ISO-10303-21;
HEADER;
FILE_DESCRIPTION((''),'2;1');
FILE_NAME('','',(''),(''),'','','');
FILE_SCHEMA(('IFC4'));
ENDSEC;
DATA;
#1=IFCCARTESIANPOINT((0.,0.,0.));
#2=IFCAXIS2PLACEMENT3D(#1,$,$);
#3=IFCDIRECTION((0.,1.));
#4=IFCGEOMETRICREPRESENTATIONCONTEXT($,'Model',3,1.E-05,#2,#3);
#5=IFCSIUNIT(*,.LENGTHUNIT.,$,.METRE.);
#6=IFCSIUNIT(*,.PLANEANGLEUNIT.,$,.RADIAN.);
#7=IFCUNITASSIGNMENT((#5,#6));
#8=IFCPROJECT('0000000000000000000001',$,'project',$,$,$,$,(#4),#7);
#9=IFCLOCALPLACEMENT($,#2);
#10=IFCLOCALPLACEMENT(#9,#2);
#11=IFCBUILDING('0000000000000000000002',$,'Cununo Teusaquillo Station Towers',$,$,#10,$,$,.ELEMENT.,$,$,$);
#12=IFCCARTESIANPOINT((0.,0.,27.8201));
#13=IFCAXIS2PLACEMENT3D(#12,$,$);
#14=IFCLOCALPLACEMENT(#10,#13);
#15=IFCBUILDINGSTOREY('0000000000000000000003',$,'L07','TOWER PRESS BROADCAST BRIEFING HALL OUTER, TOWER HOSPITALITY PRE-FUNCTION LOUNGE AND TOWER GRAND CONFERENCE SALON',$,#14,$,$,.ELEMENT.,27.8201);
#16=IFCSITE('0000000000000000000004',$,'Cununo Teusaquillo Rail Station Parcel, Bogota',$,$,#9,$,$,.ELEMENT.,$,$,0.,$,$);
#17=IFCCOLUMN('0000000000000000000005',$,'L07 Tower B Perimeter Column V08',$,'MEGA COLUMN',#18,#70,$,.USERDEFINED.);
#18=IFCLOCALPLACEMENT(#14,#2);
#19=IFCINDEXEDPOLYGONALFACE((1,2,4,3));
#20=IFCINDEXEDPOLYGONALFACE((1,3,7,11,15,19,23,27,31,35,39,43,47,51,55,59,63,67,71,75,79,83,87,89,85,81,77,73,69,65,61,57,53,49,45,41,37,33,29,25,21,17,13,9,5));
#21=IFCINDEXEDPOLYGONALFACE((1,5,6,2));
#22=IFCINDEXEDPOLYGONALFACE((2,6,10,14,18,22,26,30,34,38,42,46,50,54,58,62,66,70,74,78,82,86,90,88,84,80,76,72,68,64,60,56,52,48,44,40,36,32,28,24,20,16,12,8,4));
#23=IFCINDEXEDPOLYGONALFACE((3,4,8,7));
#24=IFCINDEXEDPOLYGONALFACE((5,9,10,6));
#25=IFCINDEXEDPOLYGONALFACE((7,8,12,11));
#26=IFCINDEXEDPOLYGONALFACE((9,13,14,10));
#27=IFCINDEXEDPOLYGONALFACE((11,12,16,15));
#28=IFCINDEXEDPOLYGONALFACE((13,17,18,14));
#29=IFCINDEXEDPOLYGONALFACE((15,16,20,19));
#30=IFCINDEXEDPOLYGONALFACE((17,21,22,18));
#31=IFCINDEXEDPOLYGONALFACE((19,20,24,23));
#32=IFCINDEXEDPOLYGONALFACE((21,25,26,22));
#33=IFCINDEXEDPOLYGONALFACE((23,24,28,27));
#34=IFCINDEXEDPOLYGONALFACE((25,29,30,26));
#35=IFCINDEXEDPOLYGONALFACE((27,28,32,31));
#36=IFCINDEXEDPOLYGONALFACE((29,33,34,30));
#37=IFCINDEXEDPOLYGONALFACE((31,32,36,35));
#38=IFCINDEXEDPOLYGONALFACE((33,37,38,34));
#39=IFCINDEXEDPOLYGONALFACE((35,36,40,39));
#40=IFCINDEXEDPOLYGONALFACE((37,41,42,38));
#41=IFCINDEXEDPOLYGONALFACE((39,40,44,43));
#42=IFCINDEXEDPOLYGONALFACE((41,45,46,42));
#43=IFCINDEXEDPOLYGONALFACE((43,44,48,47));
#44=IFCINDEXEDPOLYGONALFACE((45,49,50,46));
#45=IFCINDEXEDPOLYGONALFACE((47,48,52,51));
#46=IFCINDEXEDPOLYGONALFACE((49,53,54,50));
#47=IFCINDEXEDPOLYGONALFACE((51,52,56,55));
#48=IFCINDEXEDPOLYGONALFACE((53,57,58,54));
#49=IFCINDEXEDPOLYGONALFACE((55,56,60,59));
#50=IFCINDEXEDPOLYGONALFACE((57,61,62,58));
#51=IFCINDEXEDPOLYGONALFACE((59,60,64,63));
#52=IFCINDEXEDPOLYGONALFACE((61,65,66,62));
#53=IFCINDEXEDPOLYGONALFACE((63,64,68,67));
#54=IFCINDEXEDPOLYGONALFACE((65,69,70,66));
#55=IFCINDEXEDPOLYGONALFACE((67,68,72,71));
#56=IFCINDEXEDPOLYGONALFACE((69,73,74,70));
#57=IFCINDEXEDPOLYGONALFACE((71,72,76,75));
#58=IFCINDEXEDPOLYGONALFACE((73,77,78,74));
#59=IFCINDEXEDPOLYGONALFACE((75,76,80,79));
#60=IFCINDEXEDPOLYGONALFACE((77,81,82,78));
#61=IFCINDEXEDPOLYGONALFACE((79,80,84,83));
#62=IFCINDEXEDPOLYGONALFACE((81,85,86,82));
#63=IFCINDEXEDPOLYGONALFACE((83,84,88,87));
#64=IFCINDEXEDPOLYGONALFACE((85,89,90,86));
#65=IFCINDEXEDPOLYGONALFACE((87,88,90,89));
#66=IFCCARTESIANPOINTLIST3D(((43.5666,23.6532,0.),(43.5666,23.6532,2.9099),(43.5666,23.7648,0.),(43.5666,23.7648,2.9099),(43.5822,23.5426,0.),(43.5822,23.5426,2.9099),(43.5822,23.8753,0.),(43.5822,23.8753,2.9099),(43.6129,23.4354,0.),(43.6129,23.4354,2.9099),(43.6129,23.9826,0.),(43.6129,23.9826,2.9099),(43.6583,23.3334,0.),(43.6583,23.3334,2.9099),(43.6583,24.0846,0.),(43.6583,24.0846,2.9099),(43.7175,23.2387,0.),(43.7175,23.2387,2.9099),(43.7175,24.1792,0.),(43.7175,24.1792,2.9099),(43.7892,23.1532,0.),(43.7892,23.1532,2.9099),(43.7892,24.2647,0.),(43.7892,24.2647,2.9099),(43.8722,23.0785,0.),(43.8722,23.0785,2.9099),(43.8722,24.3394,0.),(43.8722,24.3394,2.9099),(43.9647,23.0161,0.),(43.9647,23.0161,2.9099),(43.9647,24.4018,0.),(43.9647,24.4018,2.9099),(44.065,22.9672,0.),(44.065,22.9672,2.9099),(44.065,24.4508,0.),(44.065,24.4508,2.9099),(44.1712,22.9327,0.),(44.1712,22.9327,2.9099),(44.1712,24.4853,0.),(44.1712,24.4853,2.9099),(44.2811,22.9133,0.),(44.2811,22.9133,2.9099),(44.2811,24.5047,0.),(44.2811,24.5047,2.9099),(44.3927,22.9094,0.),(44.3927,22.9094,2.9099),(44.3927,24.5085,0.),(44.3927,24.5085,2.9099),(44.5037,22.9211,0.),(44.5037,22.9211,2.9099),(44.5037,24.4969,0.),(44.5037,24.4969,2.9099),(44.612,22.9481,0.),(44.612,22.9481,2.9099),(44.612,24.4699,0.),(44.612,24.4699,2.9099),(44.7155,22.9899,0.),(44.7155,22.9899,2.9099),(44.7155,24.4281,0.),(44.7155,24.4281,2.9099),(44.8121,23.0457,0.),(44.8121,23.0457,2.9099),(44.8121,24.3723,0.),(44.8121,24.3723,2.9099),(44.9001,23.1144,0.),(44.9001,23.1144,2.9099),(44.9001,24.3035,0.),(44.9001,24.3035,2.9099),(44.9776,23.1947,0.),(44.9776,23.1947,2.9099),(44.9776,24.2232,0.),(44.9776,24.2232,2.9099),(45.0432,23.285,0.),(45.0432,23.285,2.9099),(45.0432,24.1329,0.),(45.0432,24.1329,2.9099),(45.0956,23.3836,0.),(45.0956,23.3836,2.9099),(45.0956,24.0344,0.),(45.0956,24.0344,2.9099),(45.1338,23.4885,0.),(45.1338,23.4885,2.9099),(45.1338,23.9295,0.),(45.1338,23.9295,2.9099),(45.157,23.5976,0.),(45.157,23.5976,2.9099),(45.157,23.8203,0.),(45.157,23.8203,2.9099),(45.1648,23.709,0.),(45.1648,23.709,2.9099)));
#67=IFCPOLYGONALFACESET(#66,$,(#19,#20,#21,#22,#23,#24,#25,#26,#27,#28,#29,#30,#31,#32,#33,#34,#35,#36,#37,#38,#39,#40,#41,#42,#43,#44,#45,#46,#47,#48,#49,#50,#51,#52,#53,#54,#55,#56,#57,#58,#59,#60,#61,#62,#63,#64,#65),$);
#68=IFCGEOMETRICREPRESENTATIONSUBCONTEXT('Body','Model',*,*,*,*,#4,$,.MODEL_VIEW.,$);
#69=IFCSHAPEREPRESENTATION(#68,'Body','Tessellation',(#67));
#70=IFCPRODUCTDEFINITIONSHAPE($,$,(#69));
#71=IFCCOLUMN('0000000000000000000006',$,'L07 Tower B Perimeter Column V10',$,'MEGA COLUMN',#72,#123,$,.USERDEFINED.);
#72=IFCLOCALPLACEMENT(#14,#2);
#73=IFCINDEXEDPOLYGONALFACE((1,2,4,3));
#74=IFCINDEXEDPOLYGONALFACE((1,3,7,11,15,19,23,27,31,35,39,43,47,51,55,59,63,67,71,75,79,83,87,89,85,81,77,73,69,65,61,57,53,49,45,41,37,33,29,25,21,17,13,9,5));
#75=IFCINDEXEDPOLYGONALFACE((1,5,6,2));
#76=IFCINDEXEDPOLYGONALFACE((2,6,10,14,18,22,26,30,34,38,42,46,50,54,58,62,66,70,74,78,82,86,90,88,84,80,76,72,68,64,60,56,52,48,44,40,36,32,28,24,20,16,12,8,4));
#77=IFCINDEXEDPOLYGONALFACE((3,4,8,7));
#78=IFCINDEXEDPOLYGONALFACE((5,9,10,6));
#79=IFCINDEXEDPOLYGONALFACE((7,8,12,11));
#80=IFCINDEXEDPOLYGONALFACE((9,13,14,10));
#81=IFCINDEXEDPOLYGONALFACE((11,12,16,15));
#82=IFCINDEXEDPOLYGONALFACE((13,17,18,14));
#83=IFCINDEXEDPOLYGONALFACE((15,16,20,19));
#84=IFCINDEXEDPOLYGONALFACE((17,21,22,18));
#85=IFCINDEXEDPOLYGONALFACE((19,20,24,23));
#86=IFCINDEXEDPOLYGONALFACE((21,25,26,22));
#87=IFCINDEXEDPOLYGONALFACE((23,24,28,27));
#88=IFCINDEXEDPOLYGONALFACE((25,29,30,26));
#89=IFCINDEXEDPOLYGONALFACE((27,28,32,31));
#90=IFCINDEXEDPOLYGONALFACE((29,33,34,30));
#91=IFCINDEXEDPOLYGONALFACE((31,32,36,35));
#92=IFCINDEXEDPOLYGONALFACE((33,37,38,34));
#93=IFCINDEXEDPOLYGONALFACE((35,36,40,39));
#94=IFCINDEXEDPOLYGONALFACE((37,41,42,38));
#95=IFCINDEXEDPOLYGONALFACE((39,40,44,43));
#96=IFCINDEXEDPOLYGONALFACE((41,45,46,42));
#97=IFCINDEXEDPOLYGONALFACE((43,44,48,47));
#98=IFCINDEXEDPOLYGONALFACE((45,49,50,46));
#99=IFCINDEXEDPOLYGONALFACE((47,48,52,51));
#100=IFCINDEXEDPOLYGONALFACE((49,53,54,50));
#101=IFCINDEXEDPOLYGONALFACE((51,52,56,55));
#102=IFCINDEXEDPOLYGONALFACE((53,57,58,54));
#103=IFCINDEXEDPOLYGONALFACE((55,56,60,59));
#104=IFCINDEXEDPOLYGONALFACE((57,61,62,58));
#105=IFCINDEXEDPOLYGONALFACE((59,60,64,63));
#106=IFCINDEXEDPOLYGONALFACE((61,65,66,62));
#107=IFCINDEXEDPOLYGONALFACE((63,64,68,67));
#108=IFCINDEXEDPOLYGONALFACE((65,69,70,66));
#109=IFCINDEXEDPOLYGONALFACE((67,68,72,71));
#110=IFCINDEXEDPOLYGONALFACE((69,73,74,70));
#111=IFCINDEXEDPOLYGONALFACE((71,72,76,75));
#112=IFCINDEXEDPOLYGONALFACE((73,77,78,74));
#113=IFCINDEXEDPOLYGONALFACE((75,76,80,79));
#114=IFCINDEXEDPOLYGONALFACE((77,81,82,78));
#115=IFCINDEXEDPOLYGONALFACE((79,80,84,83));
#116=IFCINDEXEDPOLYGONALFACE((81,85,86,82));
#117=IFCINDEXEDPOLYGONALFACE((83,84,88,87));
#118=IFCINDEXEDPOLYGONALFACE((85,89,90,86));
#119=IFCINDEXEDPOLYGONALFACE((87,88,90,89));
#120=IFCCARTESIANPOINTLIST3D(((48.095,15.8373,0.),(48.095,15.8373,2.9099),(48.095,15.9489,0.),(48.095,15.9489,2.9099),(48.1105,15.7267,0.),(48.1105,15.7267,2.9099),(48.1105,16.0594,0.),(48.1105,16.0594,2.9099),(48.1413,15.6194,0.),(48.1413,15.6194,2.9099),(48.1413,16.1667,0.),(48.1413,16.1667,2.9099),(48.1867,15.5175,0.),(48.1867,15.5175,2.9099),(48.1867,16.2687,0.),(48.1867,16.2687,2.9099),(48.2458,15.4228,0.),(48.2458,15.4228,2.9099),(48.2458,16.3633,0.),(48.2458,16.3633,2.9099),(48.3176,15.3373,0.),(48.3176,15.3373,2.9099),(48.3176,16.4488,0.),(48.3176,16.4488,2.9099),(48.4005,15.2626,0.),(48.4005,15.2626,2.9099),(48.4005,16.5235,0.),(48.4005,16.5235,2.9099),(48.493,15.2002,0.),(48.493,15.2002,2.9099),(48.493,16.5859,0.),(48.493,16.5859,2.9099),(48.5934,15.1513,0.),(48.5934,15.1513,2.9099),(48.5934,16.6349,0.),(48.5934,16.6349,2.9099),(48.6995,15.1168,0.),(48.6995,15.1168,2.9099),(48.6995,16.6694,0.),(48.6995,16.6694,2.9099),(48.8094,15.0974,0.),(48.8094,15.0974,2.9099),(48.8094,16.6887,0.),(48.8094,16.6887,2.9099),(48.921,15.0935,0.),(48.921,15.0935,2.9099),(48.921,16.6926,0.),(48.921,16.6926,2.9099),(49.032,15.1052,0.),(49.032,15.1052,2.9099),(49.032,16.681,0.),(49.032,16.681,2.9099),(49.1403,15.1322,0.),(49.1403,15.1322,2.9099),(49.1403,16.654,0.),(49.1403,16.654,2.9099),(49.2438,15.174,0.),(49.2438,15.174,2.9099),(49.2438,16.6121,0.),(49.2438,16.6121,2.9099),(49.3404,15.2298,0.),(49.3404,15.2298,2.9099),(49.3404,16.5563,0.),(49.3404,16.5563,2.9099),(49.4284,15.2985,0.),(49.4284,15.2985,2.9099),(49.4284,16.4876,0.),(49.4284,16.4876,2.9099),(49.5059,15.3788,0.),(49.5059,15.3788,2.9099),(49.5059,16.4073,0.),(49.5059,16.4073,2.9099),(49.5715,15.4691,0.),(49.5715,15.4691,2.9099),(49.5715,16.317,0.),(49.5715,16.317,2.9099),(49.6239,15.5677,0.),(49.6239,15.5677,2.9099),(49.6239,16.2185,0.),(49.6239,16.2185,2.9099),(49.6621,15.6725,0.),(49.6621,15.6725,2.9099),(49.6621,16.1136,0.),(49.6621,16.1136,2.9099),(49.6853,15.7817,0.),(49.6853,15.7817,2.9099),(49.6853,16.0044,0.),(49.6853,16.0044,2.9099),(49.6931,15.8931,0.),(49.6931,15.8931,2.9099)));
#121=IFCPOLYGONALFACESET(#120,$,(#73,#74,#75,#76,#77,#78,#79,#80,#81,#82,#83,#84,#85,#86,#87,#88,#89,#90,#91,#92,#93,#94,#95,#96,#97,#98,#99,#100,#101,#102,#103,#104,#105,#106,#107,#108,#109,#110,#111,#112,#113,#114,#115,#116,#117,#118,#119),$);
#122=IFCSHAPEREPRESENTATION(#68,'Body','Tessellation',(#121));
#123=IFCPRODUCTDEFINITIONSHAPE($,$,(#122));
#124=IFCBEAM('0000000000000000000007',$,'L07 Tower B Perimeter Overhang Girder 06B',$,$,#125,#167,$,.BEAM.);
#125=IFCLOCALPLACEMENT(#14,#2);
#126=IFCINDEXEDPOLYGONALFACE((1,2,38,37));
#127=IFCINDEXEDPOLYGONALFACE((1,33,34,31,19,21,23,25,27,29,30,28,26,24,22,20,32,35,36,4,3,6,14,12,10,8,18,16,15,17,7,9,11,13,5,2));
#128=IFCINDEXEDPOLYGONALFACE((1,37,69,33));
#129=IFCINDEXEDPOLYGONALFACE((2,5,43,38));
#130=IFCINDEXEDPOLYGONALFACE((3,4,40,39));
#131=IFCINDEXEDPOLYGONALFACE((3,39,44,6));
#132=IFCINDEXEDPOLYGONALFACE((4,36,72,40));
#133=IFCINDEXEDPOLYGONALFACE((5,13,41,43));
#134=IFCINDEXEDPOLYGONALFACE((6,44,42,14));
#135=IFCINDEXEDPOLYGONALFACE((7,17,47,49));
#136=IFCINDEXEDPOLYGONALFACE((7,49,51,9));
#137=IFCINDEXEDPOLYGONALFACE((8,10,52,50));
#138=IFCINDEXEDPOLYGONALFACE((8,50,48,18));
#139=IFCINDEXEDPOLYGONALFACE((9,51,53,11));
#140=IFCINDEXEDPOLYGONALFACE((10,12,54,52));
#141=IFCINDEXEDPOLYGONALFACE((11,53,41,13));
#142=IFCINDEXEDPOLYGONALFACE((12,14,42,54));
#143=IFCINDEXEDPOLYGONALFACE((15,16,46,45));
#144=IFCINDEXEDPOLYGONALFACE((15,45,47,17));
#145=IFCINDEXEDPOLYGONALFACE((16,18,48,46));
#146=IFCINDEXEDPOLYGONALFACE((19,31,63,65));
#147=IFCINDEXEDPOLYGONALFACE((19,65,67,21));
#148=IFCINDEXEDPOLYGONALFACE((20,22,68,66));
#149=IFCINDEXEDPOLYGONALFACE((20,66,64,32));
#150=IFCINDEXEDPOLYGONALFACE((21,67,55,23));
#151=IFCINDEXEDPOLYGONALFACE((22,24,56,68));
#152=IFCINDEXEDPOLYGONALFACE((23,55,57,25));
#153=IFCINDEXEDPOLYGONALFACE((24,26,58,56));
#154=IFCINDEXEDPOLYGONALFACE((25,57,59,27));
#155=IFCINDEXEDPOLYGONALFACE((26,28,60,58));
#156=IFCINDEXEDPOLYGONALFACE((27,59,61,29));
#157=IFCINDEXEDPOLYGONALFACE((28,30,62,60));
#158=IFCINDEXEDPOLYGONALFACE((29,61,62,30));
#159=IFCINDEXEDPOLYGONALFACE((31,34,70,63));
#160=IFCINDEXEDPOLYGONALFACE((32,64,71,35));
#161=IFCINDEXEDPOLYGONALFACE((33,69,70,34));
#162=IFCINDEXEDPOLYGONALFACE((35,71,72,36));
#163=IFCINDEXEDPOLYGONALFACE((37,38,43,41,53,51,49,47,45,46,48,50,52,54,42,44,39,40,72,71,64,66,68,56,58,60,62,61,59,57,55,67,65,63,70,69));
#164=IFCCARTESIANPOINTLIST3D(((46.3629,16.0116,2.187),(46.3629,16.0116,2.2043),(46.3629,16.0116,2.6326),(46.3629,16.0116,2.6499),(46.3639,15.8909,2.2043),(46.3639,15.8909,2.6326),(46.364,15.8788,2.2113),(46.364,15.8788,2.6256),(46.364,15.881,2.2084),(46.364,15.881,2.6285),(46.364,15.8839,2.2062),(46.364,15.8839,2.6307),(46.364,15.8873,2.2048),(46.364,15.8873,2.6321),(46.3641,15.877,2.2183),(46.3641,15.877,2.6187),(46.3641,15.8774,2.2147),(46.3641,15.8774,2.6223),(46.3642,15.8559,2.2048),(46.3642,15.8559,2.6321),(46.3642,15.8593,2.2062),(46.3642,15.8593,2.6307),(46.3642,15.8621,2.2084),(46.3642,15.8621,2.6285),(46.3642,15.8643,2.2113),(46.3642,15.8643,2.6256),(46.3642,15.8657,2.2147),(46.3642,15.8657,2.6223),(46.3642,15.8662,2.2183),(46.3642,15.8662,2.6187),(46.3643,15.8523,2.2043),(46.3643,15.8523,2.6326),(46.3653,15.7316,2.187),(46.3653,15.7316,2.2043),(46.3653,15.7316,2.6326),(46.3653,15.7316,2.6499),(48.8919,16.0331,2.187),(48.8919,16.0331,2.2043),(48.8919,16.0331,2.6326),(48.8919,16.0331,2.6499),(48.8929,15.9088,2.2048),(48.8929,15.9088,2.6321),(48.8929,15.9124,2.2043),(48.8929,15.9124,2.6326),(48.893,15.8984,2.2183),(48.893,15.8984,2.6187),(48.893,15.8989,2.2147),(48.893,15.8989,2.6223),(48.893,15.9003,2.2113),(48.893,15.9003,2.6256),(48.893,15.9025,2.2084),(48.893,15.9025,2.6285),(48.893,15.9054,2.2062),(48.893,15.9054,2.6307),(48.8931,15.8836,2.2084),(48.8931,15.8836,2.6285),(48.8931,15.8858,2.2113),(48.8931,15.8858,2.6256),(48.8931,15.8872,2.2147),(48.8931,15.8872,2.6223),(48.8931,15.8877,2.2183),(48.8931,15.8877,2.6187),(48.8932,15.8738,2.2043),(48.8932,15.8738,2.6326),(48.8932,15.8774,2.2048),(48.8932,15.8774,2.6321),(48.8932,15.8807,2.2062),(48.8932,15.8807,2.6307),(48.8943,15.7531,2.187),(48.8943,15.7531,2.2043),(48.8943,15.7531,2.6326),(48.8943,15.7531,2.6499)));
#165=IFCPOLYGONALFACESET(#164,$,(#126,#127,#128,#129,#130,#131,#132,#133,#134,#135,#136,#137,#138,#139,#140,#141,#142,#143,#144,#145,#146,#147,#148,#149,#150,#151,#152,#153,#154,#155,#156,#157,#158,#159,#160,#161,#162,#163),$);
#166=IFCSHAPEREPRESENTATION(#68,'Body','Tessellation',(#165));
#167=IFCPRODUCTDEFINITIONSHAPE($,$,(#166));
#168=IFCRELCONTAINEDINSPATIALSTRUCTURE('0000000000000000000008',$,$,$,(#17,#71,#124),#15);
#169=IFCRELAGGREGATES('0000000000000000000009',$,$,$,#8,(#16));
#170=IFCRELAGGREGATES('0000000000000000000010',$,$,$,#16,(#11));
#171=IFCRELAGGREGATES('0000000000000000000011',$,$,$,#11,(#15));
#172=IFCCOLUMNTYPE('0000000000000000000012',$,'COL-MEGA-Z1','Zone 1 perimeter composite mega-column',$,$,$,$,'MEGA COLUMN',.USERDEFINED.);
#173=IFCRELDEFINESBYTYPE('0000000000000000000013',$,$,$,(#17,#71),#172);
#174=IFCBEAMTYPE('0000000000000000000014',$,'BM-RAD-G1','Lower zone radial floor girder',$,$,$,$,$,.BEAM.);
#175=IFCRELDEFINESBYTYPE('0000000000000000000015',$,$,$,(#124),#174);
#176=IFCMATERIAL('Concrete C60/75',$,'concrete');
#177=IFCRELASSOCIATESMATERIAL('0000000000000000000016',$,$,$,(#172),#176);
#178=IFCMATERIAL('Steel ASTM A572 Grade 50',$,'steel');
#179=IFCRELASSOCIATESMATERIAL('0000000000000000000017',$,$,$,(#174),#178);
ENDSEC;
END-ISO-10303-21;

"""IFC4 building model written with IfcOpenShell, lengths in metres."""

from ifc_helpers import new_model, si_unit, direction, frame, origin, origin_2d, place, context, subcontext, project, spatial, circle, i_section, extrude, material, material_profile, profile_set, type_object, element, save


model = new_model("IFC4")

# Units and contexts
model_context = context("Model", 3, precision=1e-05, world=origin(), true_north=direction((0.0, 1.0)))
body_context = subcontext(model_context, "Body", "Model", "MODEL_VIEW")
ifc_project = project(units=[si_unit("LENGTHUNIT", "METRE"), si_unit("PLANEANGLEUNIT", "RADIAN")], contexts=[model_context])

# Site, building, storey
site_placement = place(None, origin())
site = spatial("IfcSite", under=ifc_project, at=site_placement, Name="Cununo Teusaquillo Rail Station Parcel, Bogota", CompositionType="ELEMENT", RefElevation=0.0)
building_placement = place(site_placement, origin())
building = spatial("IfcBuilding", under=site, at=building_placement, Name="Cununo Teusaquillo Station Towers", CompositionType="ELEMENT")
storey_placement = place(building_placement, frame((0.0, 0.0, 27.8201)))
storey = spatial("IfcBuildingStorey", under=building, at=storey_placement, Name="L07", Description="TOWER PRESS BROADCAST BRIEFING HALL OUTER, TOWER HOSPITALITY PRE-FUNCTION LOUNGE AND TOWER GRAND CONFERENCE SALON", CompositionType="ELEMENT", Elevation=27.8201)

# Columns
ifc_material_1 = material(Name="Concrete C60/75", Category="concrete")
ifc_material_profile_1 = material_profile(ifc_material_1, circle(Radius=0.8, at=origin_2d()), Name="RC-CIRC-1600")
ifc_profile_set_1 = profile_set([ifc_material_profile_1], Name="Concrete C60/75")
column_type = type_object("IfcColumnType", Name="COL-MEGA-Z1", Description="Zone 1 perimeter composite mega-column", ElementType="MEGA COLUMN", PredefinedType="USERDEFINED", material=ifc_profile_set_1)
for number, where, z_axis, x_axis, name in (
    (1, (44.3647, 23.709, 0.0), (0.0, 0.0, 1.0), (1.0, 0.0, 0.0), "L07 Tower B Perimeter Column V08"),
    (2, (48.8931, 15.8931, 0.0), (0.0, 0.0, 1.0), (1.0, 0.0, 0.0), "L07 Tower B Perimeter Column V10"),
):
    element("IfcColumn", number, at=place(storey_placement, frame(where, z_axis=z_axis, x_axis=x_axis)), inside=storey, type_object=column_type, Name=name, ObjectType="MEGA COLUMN", PredefinedType="USERDEFINED", context=body_context, shape_type="SweptSolid", body=[
        extrude(circle(Radius=0.8, at=origin_2d()), origin(), (0.0, 0.0, 1.0), 2.9099),
    ])

# Beam
ifc_material_2 = material(Name="Steel ASTM A572 Grade 50", Category="steel")
ifc_material_profile_2 = material_profile(ifc_material_2, i_section(OverallWidth=0.28, OverallDepth=0.4629, WebThickness=0.0107, FlangeThickness=0.0173, FilletRadius=0.0139, at=origin_2d()), Name="W18X76")
ifc_profile_set_2 = profile_set([ifc_material_profile_2], Name="Steel ASTM A572 Grade 50")
beam_type_1 = type_object("IfcBeamType", Name="BM-RAD-G1", Description="Lower zone radial floor girder", PredefinedType="BEAM", material=ifc_profile_set_2)
beam_1_placement = place(storey_placement, frame((48.8931, 15.8931, 2.4185), z_axis=(-0.999964, -0.008495, 0.0), x_axis=(0.008495, -0.999964, 0.0)))
element("IfcBeam", 3, at=beam_1_placement, inside=storey, type_object=beam_type_1, Name="L07 Tower B Perimeter Overhang Girder 06B", PredefinedType="BEAM", context=body_context, shape_type="SweptSolid", body=[
    extrude(i_section(OverallWidth=0.28, OverallDepth=0.4629, WebThickness=0.0107, FlangeThickness=0.0173, FilletRadius=0.0139, at=origin_2d()), origin(), (0.0, 0.0, 1.0), 2.5291),
])

save(model, "model.ifc")
